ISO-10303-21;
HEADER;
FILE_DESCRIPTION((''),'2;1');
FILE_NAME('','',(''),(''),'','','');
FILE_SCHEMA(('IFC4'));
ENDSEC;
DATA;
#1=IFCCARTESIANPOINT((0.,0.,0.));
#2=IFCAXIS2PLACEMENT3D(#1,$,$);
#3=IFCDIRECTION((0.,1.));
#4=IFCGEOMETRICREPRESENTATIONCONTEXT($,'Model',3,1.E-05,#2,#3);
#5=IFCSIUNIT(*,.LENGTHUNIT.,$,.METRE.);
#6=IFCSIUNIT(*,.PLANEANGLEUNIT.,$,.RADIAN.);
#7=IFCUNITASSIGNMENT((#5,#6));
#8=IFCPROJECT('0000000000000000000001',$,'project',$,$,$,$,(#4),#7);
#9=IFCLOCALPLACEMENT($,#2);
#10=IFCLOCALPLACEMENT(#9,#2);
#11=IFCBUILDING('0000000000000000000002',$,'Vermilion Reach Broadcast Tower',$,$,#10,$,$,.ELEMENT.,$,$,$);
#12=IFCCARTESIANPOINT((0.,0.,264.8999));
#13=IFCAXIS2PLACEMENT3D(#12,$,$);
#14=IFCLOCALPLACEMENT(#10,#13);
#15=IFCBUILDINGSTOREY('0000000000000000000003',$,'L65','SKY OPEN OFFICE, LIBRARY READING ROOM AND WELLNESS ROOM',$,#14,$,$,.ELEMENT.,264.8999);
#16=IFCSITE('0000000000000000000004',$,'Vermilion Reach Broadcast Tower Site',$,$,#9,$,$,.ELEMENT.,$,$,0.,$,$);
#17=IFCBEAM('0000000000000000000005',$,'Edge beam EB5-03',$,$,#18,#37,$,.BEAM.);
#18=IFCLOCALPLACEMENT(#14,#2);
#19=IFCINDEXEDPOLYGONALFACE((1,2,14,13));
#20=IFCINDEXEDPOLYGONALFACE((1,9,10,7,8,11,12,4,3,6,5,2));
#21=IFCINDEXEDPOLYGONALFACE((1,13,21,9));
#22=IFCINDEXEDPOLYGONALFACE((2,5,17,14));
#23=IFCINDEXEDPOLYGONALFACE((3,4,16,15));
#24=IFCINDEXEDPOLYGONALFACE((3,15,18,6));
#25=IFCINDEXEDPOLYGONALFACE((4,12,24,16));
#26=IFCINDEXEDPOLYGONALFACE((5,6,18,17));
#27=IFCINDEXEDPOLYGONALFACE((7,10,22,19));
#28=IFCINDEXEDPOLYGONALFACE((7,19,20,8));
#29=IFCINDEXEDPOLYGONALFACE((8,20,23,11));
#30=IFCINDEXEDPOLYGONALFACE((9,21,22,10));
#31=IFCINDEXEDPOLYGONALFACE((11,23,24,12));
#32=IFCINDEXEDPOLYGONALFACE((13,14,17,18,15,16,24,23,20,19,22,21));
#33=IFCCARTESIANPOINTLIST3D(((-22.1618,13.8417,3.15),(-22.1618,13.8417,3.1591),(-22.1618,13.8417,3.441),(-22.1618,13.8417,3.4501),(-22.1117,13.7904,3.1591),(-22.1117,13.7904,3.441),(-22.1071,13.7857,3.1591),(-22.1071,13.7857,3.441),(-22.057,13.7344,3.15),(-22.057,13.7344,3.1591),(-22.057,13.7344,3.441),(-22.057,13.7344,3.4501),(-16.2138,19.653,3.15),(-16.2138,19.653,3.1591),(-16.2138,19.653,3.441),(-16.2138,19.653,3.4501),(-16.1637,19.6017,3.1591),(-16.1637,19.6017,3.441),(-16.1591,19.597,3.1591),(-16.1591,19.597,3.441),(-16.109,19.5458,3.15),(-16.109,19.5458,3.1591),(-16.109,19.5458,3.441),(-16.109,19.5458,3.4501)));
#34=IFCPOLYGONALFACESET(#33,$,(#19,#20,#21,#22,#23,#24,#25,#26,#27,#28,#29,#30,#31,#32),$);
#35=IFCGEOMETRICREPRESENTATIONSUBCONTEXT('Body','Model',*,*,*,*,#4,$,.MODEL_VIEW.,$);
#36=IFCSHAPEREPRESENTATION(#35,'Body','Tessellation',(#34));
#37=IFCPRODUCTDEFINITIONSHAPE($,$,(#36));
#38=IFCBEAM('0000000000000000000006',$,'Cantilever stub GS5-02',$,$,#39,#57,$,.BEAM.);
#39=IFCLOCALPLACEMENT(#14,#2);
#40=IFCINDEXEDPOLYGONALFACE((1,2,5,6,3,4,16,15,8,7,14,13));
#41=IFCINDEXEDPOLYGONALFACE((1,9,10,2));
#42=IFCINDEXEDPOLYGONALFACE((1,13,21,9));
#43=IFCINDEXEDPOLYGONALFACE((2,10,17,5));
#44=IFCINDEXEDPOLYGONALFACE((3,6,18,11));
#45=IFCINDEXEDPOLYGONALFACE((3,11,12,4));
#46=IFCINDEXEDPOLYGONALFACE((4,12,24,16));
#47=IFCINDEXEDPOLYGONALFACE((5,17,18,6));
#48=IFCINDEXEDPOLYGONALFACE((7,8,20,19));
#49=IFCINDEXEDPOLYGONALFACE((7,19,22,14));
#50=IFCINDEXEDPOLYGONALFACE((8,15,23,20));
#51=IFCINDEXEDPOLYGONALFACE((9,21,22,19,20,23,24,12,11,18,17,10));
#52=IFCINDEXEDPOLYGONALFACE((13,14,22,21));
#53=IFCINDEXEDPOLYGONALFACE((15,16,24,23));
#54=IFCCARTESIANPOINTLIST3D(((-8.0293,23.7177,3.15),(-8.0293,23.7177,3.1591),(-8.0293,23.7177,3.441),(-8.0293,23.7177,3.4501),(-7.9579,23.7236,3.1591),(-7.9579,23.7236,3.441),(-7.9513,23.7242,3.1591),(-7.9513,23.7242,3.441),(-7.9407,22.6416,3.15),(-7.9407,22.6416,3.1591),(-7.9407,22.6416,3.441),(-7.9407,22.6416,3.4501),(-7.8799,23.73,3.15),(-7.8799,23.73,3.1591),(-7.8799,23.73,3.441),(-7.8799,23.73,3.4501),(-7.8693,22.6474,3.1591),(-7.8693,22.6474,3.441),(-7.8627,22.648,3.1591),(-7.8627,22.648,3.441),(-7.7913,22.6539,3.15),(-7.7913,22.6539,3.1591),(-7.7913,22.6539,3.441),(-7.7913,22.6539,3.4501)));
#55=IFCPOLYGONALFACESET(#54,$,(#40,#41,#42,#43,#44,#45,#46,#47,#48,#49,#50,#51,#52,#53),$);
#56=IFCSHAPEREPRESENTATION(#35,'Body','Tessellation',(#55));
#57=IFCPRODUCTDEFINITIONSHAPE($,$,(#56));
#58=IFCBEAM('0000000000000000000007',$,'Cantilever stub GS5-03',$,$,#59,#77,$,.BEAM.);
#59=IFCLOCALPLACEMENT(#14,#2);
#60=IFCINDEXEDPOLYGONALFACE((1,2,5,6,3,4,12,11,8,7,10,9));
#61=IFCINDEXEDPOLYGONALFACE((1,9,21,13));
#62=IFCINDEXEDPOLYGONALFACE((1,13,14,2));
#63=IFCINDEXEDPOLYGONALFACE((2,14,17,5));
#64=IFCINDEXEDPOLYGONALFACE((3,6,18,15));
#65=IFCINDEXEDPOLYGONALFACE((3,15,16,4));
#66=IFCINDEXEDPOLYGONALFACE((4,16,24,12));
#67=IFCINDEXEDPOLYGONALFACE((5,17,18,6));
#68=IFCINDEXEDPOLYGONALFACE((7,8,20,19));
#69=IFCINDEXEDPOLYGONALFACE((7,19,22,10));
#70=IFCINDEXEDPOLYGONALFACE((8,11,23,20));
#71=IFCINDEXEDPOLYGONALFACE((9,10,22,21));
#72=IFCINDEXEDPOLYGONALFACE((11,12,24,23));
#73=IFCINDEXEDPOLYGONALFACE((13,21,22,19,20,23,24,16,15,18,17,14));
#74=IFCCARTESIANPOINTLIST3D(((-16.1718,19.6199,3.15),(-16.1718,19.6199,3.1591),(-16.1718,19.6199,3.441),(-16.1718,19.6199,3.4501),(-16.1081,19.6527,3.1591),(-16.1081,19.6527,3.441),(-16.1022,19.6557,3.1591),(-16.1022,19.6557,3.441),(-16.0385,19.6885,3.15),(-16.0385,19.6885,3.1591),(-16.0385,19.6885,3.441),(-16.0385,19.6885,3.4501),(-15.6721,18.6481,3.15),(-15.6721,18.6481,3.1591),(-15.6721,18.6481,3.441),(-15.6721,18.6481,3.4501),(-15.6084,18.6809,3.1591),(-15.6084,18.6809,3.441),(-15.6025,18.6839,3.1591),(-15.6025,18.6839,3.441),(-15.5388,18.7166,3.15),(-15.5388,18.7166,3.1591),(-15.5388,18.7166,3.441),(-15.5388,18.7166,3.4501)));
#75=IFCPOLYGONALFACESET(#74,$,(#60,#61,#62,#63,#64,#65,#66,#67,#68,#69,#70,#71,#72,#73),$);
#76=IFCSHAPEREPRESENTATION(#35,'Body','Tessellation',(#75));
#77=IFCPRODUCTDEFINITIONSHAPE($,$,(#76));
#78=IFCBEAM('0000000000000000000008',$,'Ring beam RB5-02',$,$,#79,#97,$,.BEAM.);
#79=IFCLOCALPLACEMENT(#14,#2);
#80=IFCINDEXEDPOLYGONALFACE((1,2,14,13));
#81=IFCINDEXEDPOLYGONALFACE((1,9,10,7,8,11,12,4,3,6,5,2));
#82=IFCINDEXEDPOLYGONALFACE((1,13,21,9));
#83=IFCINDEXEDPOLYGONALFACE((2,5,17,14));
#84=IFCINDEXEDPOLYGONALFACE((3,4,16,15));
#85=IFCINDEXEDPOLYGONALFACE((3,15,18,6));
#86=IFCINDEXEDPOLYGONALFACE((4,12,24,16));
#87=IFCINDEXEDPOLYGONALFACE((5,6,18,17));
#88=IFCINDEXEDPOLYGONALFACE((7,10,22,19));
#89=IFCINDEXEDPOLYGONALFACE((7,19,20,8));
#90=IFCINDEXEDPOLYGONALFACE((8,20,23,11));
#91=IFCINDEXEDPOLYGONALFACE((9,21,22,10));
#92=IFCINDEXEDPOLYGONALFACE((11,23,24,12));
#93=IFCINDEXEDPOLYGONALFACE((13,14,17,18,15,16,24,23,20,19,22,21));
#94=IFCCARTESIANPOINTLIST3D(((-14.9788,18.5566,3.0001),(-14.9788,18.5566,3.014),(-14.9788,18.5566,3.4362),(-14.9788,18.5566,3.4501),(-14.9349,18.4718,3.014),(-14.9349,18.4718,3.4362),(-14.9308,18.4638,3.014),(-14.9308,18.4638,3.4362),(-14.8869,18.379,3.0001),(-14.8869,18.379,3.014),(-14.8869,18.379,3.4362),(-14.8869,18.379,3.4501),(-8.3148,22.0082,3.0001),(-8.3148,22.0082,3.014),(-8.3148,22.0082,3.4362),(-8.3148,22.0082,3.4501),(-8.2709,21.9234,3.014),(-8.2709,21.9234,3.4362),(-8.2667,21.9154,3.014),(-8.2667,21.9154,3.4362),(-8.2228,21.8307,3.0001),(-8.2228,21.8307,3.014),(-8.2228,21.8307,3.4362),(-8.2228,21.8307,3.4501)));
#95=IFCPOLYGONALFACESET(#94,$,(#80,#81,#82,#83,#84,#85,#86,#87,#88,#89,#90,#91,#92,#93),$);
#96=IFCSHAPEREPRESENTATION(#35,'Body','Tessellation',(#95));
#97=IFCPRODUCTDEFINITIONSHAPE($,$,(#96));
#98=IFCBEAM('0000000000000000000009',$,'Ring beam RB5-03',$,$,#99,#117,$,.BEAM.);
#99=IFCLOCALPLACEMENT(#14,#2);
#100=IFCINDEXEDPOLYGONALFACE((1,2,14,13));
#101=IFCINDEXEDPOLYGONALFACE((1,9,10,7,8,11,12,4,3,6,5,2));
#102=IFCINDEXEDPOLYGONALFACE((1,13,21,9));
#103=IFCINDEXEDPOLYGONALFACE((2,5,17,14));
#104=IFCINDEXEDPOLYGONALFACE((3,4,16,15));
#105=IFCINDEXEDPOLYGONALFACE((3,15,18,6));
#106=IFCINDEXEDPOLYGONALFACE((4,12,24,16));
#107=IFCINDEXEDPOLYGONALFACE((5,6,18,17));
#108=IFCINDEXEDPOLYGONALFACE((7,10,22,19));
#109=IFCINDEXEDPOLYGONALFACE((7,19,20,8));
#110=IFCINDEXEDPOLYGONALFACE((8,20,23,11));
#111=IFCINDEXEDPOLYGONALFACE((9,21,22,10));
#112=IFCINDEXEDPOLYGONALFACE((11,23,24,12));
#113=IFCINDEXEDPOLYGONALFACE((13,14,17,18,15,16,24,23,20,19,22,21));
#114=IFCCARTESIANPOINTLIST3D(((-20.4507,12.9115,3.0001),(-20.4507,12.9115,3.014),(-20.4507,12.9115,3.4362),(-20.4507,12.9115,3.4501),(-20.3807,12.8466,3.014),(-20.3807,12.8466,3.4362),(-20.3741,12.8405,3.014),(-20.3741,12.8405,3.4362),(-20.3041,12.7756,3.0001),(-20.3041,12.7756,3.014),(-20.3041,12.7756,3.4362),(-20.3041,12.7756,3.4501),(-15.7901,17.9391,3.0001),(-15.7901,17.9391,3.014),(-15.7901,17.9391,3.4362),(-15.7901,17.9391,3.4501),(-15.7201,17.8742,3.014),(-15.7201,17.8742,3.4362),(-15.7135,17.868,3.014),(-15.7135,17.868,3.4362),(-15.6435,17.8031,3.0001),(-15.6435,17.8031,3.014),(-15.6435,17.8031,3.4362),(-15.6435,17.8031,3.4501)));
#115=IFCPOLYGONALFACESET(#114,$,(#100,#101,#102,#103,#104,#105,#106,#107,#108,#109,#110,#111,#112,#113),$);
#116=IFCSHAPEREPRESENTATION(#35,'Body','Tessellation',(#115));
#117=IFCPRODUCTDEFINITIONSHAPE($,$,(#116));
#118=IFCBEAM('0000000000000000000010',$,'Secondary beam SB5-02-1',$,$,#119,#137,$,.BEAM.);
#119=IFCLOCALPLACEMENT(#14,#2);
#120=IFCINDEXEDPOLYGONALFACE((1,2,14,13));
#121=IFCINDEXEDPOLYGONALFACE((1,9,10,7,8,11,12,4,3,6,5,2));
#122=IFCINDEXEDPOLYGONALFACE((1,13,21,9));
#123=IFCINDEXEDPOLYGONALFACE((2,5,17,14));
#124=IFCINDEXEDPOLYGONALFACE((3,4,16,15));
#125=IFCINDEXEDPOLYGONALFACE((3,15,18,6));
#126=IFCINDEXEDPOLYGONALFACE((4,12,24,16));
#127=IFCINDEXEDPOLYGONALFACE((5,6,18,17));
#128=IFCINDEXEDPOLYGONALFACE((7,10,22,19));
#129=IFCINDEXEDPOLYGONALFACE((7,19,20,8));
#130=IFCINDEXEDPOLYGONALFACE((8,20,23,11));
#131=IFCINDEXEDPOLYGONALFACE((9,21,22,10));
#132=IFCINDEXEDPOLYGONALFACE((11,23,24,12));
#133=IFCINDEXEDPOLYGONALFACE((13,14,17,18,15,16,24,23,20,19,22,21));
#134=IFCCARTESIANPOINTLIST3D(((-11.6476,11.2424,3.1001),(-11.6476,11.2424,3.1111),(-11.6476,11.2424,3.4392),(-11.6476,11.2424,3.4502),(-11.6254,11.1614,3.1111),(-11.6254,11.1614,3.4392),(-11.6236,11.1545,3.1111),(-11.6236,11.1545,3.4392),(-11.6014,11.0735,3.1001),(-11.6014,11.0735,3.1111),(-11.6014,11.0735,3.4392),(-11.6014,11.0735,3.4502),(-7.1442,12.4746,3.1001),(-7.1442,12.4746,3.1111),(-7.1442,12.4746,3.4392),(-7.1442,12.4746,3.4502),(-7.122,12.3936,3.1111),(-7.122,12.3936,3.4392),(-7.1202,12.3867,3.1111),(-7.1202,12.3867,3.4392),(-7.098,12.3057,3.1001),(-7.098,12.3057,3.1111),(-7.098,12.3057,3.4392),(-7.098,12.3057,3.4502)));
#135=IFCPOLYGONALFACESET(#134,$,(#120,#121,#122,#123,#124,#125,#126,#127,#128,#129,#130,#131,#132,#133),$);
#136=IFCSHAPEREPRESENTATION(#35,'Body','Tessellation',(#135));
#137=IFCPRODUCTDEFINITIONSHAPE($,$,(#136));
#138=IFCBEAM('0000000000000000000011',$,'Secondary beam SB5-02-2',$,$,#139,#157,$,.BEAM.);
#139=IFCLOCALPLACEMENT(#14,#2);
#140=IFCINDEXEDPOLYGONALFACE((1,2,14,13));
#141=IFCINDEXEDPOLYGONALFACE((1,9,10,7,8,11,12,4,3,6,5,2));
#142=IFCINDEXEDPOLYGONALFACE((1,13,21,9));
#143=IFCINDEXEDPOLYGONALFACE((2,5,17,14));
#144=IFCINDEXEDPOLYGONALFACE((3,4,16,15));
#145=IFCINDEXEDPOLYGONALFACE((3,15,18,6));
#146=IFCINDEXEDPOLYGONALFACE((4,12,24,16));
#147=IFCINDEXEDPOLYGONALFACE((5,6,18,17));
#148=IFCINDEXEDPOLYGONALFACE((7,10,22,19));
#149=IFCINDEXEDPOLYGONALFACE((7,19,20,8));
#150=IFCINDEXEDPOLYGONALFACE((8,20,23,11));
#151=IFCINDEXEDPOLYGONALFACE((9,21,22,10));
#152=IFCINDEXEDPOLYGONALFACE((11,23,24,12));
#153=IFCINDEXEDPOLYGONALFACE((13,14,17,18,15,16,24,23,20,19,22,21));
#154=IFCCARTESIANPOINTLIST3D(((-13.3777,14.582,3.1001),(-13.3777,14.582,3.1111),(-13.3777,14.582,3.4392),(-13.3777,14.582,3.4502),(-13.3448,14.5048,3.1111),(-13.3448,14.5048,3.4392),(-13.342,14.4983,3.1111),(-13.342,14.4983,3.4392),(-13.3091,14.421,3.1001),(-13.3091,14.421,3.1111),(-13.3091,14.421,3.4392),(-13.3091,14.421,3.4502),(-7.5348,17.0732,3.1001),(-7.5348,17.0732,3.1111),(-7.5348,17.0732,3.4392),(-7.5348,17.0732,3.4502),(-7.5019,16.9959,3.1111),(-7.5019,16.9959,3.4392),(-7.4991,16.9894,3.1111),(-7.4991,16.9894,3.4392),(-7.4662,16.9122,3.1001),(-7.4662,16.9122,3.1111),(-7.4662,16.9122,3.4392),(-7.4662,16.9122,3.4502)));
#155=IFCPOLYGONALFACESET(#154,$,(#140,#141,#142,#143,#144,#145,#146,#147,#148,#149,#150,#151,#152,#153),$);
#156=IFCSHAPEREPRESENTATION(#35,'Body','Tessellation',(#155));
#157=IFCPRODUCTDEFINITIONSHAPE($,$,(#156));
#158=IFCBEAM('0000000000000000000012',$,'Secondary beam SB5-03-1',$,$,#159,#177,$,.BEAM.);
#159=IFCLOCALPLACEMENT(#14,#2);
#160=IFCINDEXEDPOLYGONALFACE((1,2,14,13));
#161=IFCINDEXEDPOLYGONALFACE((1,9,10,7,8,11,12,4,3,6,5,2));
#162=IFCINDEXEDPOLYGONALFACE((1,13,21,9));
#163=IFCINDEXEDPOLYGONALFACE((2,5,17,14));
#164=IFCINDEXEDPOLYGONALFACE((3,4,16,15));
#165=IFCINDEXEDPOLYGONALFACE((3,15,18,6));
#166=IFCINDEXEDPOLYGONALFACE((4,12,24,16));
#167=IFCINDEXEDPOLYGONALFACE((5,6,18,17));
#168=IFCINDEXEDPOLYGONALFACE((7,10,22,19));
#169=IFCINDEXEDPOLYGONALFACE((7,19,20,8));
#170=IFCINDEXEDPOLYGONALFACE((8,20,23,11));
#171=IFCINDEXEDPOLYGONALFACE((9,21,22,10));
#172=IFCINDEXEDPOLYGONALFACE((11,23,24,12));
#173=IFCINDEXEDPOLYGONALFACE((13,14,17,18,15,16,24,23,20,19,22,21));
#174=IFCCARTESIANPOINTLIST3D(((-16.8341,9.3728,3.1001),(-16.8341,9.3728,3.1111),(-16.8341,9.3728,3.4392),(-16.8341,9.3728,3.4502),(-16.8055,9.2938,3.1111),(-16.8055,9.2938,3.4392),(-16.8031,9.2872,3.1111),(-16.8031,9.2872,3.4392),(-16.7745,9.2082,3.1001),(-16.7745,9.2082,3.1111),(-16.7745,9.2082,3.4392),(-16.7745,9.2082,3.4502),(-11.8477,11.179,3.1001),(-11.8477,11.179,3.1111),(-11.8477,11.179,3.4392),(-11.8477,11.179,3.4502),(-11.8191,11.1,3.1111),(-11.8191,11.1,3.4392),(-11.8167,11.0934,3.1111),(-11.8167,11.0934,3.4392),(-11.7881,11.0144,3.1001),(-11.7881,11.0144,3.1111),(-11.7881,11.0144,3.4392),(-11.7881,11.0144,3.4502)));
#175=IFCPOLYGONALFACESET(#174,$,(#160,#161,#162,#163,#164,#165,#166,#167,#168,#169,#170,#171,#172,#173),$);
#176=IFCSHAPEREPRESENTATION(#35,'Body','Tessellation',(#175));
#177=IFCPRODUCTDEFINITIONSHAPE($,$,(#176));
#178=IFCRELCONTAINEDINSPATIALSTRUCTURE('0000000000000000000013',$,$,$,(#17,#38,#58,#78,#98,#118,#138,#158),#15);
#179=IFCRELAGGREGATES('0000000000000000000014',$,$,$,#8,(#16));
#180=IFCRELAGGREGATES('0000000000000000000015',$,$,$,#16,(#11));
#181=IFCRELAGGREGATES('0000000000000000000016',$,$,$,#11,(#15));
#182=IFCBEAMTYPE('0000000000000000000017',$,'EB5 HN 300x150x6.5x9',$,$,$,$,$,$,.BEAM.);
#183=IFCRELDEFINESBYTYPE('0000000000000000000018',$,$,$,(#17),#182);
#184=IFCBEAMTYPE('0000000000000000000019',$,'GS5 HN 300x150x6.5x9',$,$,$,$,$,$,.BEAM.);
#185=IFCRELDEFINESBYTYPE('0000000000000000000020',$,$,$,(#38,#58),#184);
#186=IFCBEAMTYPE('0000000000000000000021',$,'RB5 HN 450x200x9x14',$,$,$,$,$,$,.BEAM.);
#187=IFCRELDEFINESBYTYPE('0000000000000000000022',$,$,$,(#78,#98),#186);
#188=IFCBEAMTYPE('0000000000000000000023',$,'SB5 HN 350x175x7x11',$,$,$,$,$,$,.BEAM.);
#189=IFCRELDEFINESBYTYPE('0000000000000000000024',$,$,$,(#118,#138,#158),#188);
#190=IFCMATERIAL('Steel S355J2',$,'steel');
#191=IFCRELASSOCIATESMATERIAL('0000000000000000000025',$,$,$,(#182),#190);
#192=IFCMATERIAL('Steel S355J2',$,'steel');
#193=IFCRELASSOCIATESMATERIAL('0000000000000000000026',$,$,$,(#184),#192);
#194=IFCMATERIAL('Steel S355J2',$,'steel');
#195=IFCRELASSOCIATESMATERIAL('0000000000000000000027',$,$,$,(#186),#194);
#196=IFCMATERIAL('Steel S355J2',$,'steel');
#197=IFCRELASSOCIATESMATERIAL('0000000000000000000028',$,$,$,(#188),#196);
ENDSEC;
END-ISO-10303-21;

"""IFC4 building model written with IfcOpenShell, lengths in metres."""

from ifc_helpers import new_model, si_unit, direction, frame, origin, origin_2d, place, context, subcontext, project, spatial, i_section, extrude, material, material_profile, profile_set, type_object, element, save


model = new_model("IFC4")

# Units and contexts
model_context = context("Model", 3, precision=1e-05, world=origin(), true_north=direction((0.0, 1.0)))
body_context = subcontext(model_context, "Body", "Model", "MODEL_VIEW")
ifc_project = project(units=[si_unit("LENGTHUNIT", "METRE"), si_unit("PLANEANGLEUNIT", "RADIAN")], contexts=[model_context])

# Site, building, storey
site_placement = place(None, origin())
site = spatial("IfcSite", under=ifc_project, at=site_placement, Name="Vermilion Reach Broadcast Tower Site", CompositionType="ELEMENT", RefElevation=0.0)
building_placement = place(site_placement, origin())
building = spatial("IfcBuilding", under=site, at=building_placement, Name="Vermilion Reach Broadcast Tower", CompositionType="ELEMENT")
storey_placement = place(building_placement, frame((0.0, 0.0, 264.8999)))
storey = spatial("IfcBuildingStorey", under=building, at=storey_placement, Name="L65", Description="SKY OPEN OFFICE, LIBRARY READING ROOM AND WELLNESS ROOM", CompositionType="ELEMENT", Elevation=264.8999)

# Beams
ifc_material_1 = material(Name="Steel S355J2", Category="steel")
ifc_material_profile_1 = material_profile(ifc_material_1, i_section(OverallWidth=0.1499, OverallDepth=0.3, WebThickness=0.0066, FlangeThickness=0.009, at=origin_2d()), Name="S355J2 HN 300x150x6.5x9")
ifc_profile_set_1 = profile_set([ifc_material_profile_1], Name="Steel S355J2")
beam_type_1 = type_object("IfcBeamType", Name="EB5 HN 300x150x6.5x9", PredefinedType="BEAM", material=ifc_profile_set_1)
beam_1_placement = place(storey_placement, frame((-16.1614, 19.5994, 3.3), z_axis=(-0.71528, -0.698838, 0.0), x_axis=(0.698838, -0.71528, 0.0)))
element("IfcBeam", 1, at=beam_1_placement, inside=storey, type_object=beam_type_1, Name="Edge beam EB5-03", PredefinedType="BEAM", context=body_context, shape_type="SweptSolid", body=[
    extrude(i_section(OverallWidth=0.1499, OverallDepth=0.3, WebThickness=0.0066, FlangeThickness=0.009, at=origin_2d()), origin(), (0.0, 0.0, 1.0), 8.3157),
])
ifc_material_2 = material(Name="Steel S355J2", Category="steel")
ifc_material_profile_2 = material_profile(ifc_material_2, i_section(OverallWidth=0.1499, OverallDepth=0.3, WebThickness=0.0066, FlangeThickness=0.009, at=origin_2d()), Name="S355J2 HN 300x150x6.5x9")
ifc_profile_set_2 = profile_set([ifc_material_profile_2], Name="Steel S355J2")
beam_type_2 = type_object("IfcBeamType", Name="GS5 HN 300x150x6.5x9", PredefinedType="BEAM", material=ifc_profile_set_2)
beam_2_placement = place(storey_placement, frame((-7.866, 22.6477, 3.3), z_axis=(-0.082072, 0.996626, 0.0), x_axis=(-0.996626, -0.082072, 0.0)))
element("IfcBeam", 2, at=beam_2_placement, inside=storey, type_object=beam_type_2, Name="Cantilever stub GS5-02", PredefinedType="BEAM", context=body_context, shape_type="SweptSolid", body=[
    extrude(i_section(OverallWidth=0.1499, OverallDepth=0.3, WebThickness=0.0066, FlangeThickness=0.009, at=origin_2d()), origin(), (0.0, 0.0, 1.0), 1.0798),
])
beam_3_placement = place(storey_placement, frame((-15.6055, 18.6824, 3.3), z_axis=(-0.457282, 0.889322, 0.0), x_axis=(-0.889322, -0.457282, 0.0)))
element("IfcBeam", 3, at=beam_3_placement, inside=storey, type_object=beam_type_2, Name="Cantilever stub GS5-03", PredefinedType="BEAM", context=body_context, shape_type="SweptSolid", body=[
    extrude(i_section(OverallWidth=0.1499, OverallDepth=0.3, WebThickness=0.0066, FlangeThickness=0.009, at=origin_2d()), origin(), (0.0, 0.0, 1.0), 1.0928),
])
ifc_material_3 = material(Name="Steel S355J2", Category="steel")
ifc_material_profile_3 = material_profile(ifc_material_3, i_section(OverallWidth=0.2, OverallDepth=0.45, WebThickness=0.009, FlangeThickness=0.0139, at=origin_2d()), Name="S355J2 HN 450x200x9x14")
ifc_profile_set_3 = profile_set([ifc_material_profile_3], Name="Steel S355J2")
beam_type_3 = type_object("IfcBeamType", Name="RB5 HN 450x200x9x14", PredefinedType="BEAM", material=ifc_profile_set_3)
beam_4_placement = place(storey_placement, frame((-8.2688, 21.9194, 3.2251), z_axis=(-0.88796, -0.45992, 0.0), x_axis=(0.45992, -0.88796, 0.0)))
element("IfcBeam", 4, at=beam_4_placement, inside=storey, type_object=beam_type_3, Name="Ring beam RB5-02", PredefinedType="BEAM", context=body_context, shape_type="SweptSolid", body=[
    extrude(i_section(OverallWidth=0.2, OverallDepth=0.45, WebThickness=0.009, FlangeThickness=0.0139, at=origin_2d()), origin(), (0.0, 0.0, 1.0), 7.5049),
])
beam_5_placement = place(storey_placement, frame((-15.7168, 17.8711, 3.2251), z_axis=(-0.679838, -0.733363, 0.0), x_axis=(0.733363, -0.679838, 0.0)))
element("IfcBeam", 5, at=beam_5_placement, inside=storey, type_object=beam_type_3, Name="Ring beam RB5-03", PredefinedType="BEAM", context=body_context, shape_type="SweptSolid", body=[
    extrude(i_section(OverallWidth=0.2, OverallDepth=0.45, WebThickness=0.009, FlangeThickness=0.0139, at=origin_2d()), origin(), (0.0, 0.0, 1.0), 6.8555),
])
ifc_material_4 = material(Name="Steel S355J2", Category="steel")
ifc_material_profile_4 = material_profile(ifc_material_4, i_section(OverallWidth=0.175, OverallDepth=0.3501, WebThickness=0.0071, FlangeThickness=0.011, at=origin_2d()), Name="S355J2 HN 350x175x7x11")
ifc_profile_set_4 = profile_set([ifc_material_profile_4], Name="Steel S355J2")
beam_type_4 = type_object("IfcBeamType", Name="SB5 HN 350x175x7x11", PredefinedType="BEAM", material=ifc_profile_set_4)
beam_6_placement = place(storey_placement, frame((-7.1211, 12.3901, 3.2751), z_axis=(-0.964547, -0.263909, 0.0), x_axis=(0.263909, -0.964547, 0.0)))
element("IfcBeam", 6, at=beam_6_placement, inside=storey, type_object=beam_type_4, Name="Secondary beam SB5-02-1", PredefinedType="BEAM", context=body_context, shape_type="SweptSolid", body=[
    extrude(i_section(OverallWidth=0.175, OverallDepth=0.3501, WebThickness=0.0071, FlangeThickness=0.011, at=origin_2d()), origin(), (0.0, 0.0, 1.0), 4.6689),
])
beam_7_placement = place(storey_placement, frame((-7.5005, 16.9927, 3.2751), z_axis=(-0.919881, -0.392198, 0.0), x_axis=(0.392198, -0.919881, 0.0)))
element("IfcBeam", 7, at=beam_7_placement, inside=storey, type_object=beam_type_4, Name="Secondary beam SB5-02-2", PredefinedType="BEAM", context=body_context, shape_type="SweptSolid", body=[
    extrude(i_section(OverallWidth=0.175, OverallDepth=0.3501, WebThickness=0.0071, FlangeThickness=0.011, at=origin_2d()), origin(), (0.0, 0.0, 1.0), 6.3518),
])
beam_8_placement = place(storey_placement, frame((-11.8179, 11.0967, 3.2751), z_axis=(-0.94022, -0.340567, 0.0), x_axis=(0.340567, -0.94022, 0.0)))
element("IfcBeam", 8, at=beam_8_placement, inside=storey, type_object=beam_type_4, Name="Secondary beam SB5-03-1", PredefinedType="BEAM", context=body_context, shape_type="SweptSolid", body=[
    extrude(i_section(OverallWidth=0.175, OverallDepth=0.3501, WebThickness=0.0071, FlangeThickness=0.011, at=origin_2d()), origin(), (0.0, 0.0, 1.0), 5.3035),
])

save(model, "model.ifc")
